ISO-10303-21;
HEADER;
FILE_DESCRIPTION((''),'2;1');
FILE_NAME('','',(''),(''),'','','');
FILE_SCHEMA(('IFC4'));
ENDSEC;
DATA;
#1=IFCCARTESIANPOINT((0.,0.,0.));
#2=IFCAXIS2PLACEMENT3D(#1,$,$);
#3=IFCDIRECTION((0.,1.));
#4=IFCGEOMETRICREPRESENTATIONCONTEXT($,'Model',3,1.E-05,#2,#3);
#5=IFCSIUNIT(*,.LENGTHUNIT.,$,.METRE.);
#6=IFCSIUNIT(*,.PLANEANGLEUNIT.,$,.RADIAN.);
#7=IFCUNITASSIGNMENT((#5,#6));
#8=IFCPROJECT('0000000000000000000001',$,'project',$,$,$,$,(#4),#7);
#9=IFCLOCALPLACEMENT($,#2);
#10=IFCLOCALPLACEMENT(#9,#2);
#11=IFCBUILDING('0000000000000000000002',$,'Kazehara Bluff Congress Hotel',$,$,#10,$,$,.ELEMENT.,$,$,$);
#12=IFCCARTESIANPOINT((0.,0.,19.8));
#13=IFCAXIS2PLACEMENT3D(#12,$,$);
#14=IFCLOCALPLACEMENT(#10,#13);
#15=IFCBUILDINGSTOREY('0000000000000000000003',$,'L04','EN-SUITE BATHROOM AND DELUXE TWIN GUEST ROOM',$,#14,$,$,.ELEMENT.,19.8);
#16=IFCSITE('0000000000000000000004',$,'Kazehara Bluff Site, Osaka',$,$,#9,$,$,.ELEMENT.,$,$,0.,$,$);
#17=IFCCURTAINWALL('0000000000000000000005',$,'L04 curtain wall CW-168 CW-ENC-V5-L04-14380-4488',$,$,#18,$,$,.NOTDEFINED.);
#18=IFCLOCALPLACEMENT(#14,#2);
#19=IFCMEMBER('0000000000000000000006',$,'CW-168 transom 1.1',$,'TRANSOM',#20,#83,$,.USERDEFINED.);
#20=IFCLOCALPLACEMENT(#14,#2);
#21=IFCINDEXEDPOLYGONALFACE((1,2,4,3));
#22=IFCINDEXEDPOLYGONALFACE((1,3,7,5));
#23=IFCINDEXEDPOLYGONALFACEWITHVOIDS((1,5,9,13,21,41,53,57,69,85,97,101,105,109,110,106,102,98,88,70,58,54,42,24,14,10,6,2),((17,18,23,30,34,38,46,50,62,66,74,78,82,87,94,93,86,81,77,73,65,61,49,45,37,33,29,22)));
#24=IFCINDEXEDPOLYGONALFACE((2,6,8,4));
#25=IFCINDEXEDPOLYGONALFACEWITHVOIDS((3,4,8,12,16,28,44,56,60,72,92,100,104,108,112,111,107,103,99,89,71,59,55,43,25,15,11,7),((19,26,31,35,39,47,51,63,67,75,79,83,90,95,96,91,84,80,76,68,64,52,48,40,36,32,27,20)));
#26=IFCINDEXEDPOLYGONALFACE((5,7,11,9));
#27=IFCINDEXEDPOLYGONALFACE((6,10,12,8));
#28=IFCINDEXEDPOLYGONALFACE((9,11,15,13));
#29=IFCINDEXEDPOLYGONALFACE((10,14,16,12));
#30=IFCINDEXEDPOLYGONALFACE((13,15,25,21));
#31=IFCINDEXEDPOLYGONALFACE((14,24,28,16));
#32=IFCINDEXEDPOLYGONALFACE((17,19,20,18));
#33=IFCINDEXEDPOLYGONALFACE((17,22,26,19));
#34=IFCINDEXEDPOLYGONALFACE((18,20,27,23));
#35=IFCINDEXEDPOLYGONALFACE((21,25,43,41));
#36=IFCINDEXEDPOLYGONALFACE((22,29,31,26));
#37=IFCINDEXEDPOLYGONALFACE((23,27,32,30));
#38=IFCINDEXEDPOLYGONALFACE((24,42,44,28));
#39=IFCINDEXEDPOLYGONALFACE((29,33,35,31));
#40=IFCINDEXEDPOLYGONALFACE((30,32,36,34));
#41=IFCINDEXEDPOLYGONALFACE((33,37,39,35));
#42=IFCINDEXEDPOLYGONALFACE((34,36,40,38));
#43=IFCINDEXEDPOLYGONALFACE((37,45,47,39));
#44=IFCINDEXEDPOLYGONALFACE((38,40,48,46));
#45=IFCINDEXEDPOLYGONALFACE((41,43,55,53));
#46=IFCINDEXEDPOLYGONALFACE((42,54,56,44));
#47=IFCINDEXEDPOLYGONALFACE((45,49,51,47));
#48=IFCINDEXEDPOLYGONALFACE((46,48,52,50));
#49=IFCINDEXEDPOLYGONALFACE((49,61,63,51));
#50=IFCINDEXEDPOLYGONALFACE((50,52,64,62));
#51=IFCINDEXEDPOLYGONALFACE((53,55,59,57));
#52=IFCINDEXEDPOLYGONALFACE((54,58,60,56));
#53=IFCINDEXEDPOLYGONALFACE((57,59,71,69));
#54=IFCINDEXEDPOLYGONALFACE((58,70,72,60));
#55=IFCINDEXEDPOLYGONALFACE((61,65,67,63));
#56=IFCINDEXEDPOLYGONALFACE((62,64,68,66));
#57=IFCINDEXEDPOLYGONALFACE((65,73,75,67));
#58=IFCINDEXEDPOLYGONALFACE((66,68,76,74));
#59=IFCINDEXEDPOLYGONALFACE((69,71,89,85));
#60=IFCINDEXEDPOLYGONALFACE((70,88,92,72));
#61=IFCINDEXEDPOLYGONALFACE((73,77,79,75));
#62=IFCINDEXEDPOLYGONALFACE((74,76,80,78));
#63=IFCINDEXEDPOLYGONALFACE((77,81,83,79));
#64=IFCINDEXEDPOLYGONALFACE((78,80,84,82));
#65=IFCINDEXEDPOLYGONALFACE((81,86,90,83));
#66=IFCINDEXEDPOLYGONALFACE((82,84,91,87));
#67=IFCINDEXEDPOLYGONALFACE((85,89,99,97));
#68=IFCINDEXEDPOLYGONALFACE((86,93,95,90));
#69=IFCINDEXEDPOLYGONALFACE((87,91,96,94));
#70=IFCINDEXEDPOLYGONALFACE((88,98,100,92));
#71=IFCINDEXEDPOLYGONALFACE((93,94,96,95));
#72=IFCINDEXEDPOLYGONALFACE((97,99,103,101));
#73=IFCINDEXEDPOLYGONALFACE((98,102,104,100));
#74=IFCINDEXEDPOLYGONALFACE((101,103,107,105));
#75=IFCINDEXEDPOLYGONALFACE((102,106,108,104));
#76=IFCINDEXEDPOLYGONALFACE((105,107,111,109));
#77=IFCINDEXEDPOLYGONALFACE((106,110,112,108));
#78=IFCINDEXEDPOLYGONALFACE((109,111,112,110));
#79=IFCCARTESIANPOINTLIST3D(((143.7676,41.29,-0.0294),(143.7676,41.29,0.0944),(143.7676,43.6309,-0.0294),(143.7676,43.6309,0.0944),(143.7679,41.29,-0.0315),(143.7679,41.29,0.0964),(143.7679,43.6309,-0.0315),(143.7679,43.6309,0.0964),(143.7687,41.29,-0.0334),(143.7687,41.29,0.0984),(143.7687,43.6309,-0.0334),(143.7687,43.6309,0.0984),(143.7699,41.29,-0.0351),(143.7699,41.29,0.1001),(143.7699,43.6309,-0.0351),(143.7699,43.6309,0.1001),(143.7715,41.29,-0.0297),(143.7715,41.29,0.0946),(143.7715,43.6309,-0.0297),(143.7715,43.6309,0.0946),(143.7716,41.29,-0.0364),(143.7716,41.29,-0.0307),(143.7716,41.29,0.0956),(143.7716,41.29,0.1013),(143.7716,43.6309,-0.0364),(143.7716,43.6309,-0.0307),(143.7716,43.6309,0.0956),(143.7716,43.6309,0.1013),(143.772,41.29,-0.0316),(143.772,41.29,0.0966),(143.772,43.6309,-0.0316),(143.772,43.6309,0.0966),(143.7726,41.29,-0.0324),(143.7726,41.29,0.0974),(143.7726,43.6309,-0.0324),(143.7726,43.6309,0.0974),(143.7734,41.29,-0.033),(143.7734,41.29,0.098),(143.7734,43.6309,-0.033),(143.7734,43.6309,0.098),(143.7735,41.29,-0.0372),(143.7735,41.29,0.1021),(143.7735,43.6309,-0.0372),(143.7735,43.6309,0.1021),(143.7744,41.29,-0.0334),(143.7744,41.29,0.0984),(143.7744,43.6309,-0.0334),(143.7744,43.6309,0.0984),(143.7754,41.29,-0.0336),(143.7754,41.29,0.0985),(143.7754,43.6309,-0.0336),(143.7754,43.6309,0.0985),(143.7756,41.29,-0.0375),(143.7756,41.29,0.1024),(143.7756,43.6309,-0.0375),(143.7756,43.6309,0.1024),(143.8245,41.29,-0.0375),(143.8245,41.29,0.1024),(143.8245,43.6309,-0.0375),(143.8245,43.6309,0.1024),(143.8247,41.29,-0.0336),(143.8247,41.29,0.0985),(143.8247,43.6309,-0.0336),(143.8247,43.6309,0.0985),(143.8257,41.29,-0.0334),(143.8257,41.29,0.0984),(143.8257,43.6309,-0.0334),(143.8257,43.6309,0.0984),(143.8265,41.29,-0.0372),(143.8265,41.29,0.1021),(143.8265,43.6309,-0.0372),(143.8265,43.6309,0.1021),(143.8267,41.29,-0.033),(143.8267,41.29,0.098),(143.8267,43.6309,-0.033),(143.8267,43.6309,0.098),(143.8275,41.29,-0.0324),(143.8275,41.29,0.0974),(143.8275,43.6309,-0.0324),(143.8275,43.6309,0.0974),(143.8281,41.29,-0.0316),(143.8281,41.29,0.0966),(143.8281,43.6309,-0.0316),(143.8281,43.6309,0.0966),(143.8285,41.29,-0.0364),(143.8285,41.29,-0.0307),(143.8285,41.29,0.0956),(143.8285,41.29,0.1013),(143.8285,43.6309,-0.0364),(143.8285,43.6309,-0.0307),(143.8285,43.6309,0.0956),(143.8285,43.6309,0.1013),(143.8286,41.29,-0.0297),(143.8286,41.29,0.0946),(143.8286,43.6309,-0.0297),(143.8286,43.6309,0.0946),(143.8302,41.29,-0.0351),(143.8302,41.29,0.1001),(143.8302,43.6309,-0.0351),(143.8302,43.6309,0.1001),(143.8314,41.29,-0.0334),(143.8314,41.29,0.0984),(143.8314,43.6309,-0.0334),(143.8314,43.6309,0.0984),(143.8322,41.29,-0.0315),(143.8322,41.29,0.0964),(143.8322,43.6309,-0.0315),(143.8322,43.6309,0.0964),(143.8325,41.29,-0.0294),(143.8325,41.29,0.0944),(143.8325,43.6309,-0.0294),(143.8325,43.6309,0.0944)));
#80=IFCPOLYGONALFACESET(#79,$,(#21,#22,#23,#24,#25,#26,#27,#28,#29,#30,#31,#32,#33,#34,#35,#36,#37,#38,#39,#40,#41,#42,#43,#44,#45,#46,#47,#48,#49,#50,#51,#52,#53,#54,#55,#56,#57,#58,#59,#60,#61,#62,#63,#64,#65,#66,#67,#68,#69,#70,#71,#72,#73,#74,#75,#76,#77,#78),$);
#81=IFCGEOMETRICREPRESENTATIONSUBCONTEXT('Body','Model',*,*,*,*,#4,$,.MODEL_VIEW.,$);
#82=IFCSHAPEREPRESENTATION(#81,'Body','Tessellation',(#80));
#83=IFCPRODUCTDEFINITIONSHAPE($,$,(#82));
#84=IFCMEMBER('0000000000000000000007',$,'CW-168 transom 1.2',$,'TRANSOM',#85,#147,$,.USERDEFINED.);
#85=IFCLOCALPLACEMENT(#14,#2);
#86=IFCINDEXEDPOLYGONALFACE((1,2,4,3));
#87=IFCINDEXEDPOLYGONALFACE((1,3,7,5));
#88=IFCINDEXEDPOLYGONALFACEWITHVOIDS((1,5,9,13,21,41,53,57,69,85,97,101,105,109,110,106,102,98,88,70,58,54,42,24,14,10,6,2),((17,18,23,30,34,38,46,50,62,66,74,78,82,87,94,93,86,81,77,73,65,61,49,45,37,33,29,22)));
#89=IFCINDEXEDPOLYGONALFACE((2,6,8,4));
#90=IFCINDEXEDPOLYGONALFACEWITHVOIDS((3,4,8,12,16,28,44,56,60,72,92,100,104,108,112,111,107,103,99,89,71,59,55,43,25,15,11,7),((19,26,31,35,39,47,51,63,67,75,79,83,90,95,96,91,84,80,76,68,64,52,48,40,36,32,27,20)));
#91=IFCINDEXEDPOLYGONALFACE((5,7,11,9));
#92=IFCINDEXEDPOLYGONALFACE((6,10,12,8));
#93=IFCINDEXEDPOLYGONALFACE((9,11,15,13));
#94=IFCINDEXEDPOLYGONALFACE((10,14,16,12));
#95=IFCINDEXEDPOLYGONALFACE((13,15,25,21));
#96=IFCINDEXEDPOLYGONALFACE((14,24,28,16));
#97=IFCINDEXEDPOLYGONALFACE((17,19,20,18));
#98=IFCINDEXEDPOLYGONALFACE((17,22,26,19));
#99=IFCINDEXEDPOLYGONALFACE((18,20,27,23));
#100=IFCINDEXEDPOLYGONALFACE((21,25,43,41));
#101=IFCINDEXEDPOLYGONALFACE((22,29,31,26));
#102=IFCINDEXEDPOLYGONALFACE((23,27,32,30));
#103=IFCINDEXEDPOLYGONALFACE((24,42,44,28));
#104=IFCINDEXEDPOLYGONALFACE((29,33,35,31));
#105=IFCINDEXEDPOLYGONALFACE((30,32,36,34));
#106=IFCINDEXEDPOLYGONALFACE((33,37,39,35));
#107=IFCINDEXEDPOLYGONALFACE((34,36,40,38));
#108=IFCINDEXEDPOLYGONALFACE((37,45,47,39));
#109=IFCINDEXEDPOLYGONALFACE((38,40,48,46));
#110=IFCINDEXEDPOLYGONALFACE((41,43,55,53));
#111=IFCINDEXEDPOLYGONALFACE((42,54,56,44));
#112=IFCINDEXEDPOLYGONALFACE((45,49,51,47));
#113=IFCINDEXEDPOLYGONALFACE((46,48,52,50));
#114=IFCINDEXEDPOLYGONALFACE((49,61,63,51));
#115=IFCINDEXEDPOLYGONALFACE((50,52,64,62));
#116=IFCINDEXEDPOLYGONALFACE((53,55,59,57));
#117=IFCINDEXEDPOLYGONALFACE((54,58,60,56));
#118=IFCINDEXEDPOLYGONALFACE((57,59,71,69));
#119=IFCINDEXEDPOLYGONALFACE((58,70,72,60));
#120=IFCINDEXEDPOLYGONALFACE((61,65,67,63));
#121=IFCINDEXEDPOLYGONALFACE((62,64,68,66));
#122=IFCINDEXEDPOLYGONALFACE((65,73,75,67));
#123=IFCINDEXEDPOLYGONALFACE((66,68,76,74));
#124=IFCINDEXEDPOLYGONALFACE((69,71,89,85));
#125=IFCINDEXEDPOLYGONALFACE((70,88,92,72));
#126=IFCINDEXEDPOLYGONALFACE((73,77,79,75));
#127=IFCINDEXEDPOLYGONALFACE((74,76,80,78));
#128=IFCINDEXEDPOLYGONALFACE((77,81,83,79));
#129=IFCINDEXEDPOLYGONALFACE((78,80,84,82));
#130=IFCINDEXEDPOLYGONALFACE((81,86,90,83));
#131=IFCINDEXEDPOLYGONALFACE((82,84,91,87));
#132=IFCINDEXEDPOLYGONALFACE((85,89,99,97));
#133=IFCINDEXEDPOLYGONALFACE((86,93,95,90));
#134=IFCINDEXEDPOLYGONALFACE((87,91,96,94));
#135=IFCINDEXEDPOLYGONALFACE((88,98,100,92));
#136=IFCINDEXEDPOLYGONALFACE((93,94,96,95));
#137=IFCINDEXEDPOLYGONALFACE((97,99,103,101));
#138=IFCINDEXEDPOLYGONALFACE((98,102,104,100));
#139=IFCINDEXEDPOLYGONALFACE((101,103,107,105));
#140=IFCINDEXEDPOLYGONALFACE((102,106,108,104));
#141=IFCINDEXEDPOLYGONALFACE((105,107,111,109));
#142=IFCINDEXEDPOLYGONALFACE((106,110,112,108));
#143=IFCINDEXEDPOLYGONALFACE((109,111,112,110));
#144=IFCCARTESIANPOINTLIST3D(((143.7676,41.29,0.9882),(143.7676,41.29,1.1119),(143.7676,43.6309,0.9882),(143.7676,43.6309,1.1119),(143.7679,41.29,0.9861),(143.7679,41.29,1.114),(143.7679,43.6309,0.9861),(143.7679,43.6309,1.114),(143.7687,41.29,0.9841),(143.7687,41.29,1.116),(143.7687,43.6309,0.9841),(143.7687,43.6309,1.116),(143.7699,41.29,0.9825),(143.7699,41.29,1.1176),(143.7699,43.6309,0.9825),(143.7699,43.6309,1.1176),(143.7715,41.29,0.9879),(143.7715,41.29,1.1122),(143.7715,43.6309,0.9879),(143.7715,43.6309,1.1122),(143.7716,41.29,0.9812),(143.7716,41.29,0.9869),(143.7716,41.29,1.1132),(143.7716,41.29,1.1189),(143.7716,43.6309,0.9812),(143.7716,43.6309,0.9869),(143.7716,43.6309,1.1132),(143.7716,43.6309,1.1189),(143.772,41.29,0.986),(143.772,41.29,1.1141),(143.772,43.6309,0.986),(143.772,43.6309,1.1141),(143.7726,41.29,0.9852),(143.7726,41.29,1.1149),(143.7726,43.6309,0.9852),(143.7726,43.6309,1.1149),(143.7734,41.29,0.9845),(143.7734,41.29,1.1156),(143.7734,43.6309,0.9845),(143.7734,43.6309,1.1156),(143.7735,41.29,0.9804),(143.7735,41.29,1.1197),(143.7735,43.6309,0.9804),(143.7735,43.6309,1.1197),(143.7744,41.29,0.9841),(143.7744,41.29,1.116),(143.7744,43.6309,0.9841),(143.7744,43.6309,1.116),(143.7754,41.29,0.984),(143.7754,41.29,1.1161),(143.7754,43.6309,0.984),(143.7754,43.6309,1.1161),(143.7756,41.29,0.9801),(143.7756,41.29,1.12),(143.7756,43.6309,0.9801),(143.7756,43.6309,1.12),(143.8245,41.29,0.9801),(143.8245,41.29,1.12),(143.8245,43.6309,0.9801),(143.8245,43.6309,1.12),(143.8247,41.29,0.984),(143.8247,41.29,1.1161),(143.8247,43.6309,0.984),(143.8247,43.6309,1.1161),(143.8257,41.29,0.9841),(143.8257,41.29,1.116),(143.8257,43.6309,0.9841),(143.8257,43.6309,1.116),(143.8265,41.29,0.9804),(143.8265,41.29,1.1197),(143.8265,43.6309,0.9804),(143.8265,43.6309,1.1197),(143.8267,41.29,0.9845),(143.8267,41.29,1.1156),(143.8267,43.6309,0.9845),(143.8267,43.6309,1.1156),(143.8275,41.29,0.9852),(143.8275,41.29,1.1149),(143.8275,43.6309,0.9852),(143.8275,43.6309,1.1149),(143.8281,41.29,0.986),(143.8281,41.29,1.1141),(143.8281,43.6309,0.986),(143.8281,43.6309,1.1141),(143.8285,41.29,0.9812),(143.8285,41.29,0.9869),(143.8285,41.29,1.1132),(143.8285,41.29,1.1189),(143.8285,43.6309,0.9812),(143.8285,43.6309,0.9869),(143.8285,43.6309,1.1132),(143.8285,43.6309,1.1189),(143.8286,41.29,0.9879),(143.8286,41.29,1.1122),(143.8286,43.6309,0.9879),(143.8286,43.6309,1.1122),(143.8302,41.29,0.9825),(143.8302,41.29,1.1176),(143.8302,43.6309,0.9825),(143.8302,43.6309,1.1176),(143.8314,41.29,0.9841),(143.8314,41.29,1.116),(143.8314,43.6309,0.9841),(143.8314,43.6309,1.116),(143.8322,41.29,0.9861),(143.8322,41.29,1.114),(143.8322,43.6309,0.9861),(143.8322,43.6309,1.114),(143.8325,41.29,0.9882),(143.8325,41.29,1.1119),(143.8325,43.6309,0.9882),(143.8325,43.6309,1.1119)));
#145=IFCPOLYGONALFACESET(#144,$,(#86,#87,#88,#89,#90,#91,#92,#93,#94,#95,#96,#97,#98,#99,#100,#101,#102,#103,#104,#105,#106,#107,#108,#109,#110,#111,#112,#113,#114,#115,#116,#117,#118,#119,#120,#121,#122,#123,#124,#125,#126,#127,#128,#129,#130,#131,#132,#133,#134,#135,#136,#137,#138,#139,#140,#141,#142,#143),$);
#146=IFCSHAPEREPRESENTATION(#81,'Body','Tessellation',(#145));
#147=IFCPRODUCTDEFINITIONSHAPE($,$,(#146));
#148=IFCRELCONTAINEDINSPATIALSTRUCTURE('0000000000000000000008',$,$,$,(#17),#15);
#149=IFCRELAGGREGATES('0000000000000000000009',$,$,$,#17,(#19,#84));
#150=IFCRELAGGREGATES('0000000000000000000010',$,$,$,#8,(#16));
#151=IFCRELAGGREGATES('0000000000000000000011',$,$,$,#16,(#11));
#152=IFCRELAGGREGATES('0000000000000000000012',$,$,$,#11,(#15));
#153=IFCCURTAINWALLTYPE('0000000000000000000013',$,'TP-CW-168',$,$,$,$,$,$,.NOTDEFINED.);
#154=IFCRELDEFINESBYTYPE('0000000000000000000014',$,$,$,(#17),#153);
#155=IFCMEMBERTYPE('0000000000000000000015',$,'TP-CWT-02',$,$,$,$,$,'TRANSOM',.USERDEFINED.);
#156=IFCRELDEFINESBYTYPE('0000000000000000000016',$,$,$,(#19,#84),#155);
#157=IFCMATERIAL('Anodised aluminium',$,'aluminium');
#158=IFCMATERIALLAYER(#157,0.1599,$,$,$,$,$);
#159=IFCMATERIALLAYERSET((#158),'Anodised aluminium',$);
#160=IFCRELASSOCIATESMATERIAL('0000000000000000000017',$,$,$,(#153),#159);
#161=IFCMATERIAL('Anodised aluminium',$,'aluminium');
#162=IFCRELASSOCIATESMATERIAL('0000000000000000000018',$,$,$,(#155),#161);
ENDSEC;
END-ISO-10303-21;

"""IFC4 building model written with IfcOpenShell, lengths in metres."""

from ifc_helpers import new_model, si_unit, direction, frame, origin, origin_2d, place, context, subcontext, project, spatial, hollow_rectangle, extrude, material, layer, layer_set, material_profile, profile_set, type_object, element, aggregate, save


model = new_model("IFC4")

# Units and contexts
model_context = context("Model", 3, precision=1e-05, world=origin(), true_north=direction((0.0, 1.0)))
body_context = subcontext(model_context, "Body", "Model", "MODEL_VIEW")
ifc_project = project(units=[si_unit("LENGTHUNIT", "METRE"), si_unit("PLANEANGLEUNIT", "RADIAN")], contexts=[model_context])

# Site, building, storey
site_placement = place(None, origin())
site = spatial("IfcSite", under=ifc_project, at=site_placement, Name="Kazehara Bluff Site, Osaka", CompositionType="ELEMENT", RefElevation=0.0)
building_placement = place(site_placement, origin())
building = spatial("IfcBuilding", under=site, at=building_placement, Name="Kazehara Bluff Congress Hotel", CompositionType="ELEMENT")
storey_placement = place(building_placement, frame((0.0, 0.0, 19.8)))
storey = spatial("IfcBuildingStorey", under=building, at=storey_placement, Name="L04", Description="EN-SUITE BATHROOM AND DELUXE TWIN GUEST ROOM", CompositionType="ELEMENT", Elevation=19.8)

# Curtain wall
ifc_material_1 = material(Name="Anodised aluminium", Category="aluminium")
ifc_layer_1 = layer(ifc_material_1, 0.1599)
ifc_layer_set_1 = layer_set([ifc_layer_1], Name="Anodised aluminium")
curtain_wall_type_1 = type_object("IfcCurtainWallType", Name="TP-CW-168", PredefinedType="NOTDEFINED", material=ifc_layer_set_1)
curtain_wall_1_placement = place(storey_placement, origin())
curtain_wall_1 = element("IfcCurtainWall", 1, at=curtain_wall_1_placement, inside=storey, type_object=curtain_wall_type_1, Name="L04 curtain wall CW-168 CW-ENC-V5-L04-14380-4488", PredefinedType="NOTDEFINED")

# Members
ifc_material_2 = material(Name="Anodised aluminium", Category="aluminium")
ifc_material_profile_1 = material_profile(ifc_material_2, hollow_rectangle(XDim=0.0649, YDim=0.1399, WallThickness=0.0039, InnerFilletRadius=0.0039, OuterFilletRadius=0.0081, at=origin_2d()))
ifc_profile_set_1 = profile_set([ifc_material_profile_1], Name="Anodised aluminium")
member_type_1 = type_object("IfcMemberType", Name="TP-CWT-02", ElementType="TRANSOM", PredefinedType="USERDEFINED", material=ifc_profile_set_1)
member_1_placement = place(storey_placement, frame((143.8, 41.29, 0.0325), z_axis=(0.0, 1.0, 0.0), x_axis=(-1.0, 0.0, 0.0)))
member_1 = element("IfcMember", 2, at=member_1_placement, type_object=member_type_1, Name="CW-168 transom 1.1", ObjectType="TRANSOM", PredefinedType="USERDEFINED", context=body_context, shape_type="SweptSolid", body=[
    extrude(hollow_rectangle(XDim=0.0649, YDim=0.1399, WallThickness=0.0039, InnerFilletRadius=0.0039, OuterFilletRadius=0.0081, at=origin_2d()), origin(), (0.0, 0.0, 1.0), 2.3408),
])
member_2_placement = place(storey_placement, frame((143.8, 41.29, 1.05), z_axis=(0.0, 1.0, 0.0), x_axis=(-1.0, 0.0, 0.0)))
member_2 = element("IfcMember", 3, at=member_2_placement, type_object=member_type_1, Name="CW-168 transom 1.2", ObjectType="TRANSOM", PredefinedType="USERDEFINED", context=body_context, shape_type="SweptSolid", body=[
    extrude(hollow_rectangle(XDim=0.0649, YDim=0.1399, WallThickness=0.0039, InnerFilletRadius=0.0039, OuterFilletRadius=0.0081, at=origin_2d()), origin(), (0.0, 0.0, 1.0), 2.3408),
])

aggregate(curtain_wall_1, [member_1, member_2])

save(model, "model.ifc")
